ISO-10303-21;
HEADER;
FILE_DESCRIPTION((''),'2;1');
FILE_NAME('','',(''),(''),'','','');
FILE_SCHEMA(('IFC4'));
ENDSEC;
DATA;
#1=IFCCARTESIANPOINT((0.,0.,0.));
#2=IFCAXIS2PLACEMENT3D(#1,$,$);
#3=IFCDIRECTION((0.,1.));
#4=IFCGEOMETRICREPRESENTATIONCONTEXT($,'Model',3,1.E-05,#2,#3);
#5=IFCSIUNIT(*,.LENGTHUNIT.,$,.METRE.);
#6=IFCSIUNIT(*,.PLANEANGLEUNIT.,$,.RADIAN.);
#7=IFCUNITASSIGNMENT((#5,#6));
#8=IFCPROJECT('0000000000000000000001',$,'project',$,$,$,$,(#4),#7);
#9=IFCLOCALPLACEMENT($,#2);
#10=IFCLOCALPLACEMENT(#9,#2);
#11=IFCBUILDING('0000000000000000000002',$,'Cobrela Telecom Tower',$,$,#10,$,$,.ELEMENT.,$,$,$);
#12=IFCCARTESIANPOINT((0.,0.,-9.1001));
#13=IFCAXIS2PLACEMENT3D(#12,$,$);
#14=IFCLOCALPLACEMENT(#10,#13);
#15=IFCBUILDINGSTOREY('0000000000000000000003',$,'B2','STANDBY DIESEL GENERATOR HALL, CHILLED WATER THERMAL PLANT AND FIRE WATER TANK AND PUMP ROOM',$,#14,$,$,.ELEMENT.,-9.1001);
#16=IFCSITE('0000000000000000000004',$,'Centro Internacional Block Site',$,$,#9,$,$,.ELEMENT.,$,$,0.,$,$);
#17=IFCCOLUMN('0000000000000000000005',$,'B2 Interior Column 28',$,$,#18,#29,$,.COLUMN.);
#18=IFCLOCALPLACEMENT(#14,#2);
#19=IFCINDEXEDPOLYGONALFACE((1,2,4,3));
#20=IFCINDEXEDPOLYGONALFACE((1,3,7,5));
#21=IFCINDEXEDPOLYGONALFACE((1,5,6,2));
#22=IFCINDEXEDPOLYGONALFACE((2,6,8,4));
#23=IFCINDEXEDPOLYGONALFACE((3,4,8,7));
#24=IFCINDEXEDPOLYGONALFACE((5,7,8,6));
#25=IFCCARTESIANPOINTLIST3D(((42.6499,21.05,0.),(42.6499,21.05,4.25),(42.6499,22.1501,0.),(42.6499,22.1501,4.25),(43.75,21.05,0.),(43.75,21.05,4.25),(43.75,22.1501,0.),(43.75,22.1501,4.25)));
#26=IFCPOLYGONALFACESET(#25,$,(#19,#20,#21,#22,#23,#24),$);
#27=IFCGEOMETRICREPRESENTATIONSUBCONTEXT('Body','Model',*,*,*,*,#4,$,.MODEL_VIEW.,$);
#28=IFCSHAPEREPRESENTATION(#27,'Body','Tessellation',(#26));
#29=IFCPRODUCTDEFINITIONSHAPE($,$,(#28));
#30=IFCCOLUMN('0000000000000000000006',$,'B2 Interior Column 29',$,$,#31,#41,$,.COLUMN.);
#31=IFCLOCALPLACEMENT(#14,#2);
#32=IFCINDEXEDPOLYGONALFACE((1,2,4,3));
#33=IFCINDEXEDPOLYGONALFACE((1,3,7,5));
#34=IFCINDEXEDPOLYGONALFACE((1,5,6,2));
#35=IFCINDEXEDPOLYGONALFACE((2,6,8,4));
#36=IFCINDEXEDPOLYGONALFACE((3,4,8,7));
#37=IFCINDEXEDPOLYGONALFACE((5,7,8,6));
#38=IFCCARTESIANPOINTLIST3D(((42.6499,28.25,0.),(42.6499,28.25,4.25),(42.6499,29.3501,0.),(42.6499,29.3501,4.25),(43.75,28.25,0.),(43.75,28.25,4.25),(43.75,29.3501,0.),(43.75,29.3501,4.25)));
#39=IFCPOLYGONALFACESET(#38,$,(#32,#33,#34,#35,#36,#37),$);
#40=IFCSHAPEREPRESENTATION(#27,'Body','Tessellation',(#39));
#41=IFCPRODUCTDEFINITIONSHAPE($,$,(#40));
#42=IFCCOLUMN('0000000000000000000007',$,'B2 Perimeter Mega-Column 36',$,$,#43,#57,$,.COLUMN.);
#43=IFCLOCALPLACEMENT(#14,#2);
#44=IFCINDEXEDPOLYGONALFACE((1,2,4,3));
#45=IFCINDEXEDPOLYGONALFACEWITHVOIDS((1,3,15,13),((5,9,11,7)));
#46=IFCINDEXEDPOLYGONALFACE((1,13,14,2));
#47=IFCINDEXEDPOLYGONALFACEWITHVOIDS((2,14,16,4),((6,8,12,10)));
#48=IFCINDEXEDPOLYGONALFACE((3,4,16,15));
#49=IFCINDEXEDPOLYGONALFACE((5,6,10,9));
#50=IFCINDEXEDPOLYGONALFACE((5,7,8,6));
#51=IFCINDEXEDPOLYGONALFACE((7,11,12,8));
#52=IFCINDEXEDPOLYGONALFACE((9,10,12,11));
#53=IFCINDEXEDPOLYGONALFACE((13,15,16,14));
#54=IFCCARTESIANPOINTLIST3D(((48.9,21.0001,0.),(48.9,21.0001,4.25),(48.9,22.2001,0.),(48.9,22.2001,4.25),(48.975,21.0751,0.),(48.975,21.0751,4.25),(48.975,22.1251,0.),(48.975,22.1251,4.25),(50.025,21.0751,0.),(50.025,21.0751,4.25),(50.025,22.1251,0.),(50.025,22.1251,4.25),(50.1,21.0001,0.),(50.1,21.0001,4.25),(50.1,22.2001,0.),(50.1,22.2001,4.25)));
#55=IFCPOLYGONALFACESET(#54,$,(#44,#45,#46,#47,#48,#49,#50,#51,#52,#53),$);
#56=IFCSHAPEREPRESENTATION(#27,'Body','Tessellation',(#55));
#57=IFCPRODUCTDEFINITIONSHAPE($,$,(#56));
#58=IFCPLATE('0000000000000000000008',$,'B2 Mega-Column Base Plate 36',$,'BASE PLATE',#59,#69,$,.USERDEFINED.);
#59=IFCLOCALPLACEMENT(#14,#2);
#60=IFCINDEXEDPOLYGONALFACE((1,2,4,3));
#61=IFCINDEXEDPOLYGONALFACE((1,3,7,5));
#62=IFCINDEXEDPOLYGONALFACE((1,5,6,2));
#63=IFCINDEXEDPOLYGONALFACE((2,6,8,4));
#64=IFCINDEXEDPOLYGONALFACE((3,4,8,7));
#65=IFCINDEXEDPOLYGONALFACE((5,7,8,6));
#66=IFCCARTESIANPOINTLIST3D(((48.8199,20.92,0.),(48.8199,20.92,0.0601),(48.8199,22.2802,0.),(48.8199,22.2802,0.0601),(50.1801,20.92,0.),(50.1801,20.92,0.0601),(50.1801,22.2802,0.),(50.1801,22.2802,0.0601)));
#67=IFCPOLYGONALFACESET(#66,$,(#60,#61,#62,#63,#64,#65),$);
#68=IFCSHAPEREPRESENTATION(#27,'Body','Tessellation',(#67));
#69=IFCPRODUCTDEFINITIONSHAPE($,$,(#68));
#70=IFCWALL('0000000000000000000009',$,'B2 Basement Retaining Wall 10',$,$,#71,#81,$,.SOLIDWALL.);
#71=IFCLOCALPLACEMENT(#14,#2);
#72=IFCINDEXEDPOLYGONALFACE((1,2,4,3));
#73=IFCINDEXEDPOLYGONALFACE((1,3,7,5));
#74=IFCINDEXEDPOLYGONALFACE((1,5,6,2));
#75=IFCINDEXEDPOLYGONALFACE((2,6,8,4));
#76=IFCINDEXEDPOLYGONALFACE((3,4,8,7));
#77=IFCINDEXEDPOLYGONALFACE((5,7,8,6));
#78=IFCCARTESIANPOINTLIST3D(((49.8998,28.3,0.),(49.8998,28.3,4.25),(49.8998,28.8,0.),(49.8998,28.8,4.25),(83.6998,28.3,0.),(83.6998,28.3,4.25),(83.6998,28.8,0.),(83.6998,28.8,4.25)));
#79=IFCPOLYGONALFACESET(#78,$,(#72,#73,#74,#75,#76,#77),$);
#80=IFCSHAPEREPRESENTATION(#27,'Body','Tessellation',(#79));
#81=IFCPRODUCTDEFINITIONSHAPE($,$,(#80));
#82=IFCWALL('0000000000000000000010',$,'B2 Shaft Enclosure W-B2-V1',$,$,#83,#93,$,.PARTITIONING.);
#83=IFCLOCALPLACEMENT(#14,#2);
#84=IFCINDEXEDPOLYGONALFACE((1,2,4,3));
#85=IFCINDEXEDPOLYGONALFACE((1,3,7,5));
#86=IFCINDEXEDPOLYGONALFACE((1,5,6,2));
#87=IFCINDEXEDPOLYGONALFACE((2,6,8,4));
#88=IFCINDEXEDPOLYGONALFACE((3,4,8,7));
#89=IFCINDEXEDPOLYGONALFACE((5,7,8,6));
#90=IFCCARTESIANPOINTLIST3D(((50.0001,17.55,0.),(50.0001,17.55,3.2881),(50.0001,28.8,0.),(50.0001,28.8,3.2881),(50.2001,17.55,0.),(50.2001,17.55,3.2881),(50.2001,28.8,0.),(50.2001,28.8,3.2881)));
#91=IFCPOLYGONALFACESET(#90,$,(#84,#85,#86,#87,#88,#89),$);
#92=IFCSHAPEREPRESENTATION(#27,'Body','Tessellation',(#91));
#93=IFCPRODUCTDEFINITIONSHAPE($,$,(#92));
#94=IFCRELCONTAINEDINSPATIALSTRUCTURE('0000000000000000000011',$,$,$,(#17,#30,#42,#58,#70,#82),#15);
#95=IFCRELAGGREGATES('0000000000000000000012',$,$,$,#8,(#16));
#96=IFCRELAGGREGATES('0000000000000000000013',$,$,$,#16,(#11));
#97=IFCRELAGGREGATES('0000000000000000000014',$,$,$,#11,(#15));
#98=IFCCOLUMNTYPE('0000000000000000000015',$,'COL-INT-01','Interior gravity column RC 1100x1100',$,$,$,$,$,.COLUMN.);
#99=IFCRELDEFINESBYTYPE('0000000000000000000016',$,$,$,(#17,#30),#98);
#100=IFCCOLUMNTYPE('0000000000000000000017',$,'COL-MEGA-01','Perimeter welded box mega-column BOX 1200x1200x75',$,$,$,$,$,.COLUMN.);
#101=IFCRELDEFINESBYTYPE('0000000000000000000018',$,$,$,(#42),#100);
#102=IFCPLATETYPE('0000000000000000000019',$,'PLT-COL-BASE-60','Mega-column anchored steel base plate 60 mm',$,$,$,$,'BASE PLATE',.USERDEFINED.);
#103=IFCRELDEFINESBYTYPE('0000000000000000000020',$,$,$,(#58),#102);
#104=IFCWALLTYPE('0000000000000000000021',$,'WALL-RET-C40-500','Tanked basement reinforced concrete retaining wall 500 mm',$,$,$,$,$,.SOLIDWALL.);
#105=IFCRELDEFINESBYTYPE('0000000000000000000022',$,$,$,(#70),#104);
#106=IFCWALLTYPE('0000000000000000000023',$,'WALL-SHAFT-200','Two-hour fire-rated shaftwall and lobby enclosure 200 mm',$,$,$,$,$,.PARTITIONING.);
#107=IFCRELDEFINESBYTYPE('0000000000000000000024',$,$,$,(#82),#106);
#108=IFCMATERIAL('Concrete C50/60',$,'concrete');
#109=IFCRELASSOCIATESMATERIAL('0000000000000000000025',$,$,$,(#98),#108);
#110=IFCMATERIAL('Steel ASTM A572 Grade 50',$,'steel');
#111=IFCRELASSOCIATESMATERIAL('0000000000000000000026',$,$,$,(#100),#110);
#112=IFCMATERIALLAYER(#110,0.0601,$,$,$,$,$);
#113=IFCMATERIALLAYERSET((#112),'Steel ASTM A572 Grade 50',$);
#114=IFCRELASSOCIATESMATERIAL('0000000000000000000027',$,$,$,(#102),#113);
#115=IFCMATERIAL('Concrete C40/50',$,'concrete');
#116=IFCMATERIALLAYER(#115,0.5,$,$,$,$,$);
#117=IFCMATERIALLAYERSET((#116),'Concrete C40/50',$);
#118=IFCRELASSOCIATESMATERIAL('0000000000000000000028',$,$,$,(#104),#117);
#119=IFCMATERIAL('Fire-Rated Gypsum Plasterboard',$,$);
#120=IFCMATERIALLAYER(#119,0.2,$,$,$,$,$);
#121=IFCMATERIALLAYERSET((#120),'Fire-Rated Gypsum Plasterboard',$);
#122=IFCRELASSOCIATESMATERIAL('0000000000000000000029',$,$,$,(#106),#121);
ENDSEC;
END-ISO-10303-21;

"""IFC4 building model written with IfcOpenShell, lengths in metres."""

from ifc_helpers import new_model, si_unit, direction, frame, frame_2d, origin, origin_2d, place, context, subcontext, project, spatial, rectangle, hollow_rectangle, extrude, material, layer, layer_set, material_profile, profile_set, type_object, element, save


model = new_model("IFC4")

# Units and contexts
model_context = context("Model", 3, precision=1e-05, world=origin(), true_north=direction((0.0, 1.0)))
body_context = subcontext(model_context, "Body", "Model", "MODEL_VIEW")
ifc_project = project(units=[si_unit("LENGTHUNIT", "METRE"), si_unit("PLANEANGLEUNIT", "RADIAN")], contexts=[model_context])

# Site, building, storey
site_placement = place(None, origin())
site = spatial("IfcSite", under=ifc_project, at=site_placement, Name="Centro Internacional Block Site", CompositionType="ELEMENT", RefElevation=0.0)
building_placement = place(site_placement, origin())
building = spatial("IfcBuilding", under=site, at=building_placement, Name="Cobrela Telecom Tower", CompositionType="ELEMENT")
storey_placement = place(building_placement, frame((0.0, 0.0, -9.1001)))
storey = spatial("IfcBuildingStorey", under=building, at=storey_placement, Name="B2", Description="STANDBY DIESEL GENERATOR HALL, CHILLED WATER THERMAL PLANT AND FIRE WATER TANK AND PUMP ROOM", CompositionType="ELEMENT", Elevation=-9.1001)

# Shared definitions
ifc_material_1 = material(Name="Concrete C40/50", Category="concrete")

# Columns
ifc_material_2 = material(Name="Concrete C50/60", Category="concrete")
ifc_material_profile_1 = material_profile(ifc_material_2, rectangle(XDim=1.1001, YDim=1.1001, at=origin_2d()), Name="RC 1100x1100")
ifc_profile_set_1 = profile_set([ifc_material_profile_1], Name="Concrete C50/60")
column_type_1 = type_object("IfcColumnType", Name="COL-INT-01", Description="Interior gravity column RC 1100x1100", PredefinedType="COLUMN", material=ifc_profile_set_1)
for number, where, z_axis, x_axis, name in (
    (1, (43.2, 21.6001, 0.0), (0.0, 0.0, 1.0), (1.0, 0.0, 0.0), "B2 Interior Column 28"),
    (2, (43.2, 28.8, 0.0), (0.0, 0.0, 1.0), (1.0, 0.0, 0.0), "B2 Interior Column 29"),
):
    element("IfcColumn", number, at=place(storey_placement, frame(where, z_axis=z_axis, x_axis=x_axis)), inside=storey, type_object=column_type_1, Name=name, PredefinedType="COLUMN", context=body_context, shape_type="SweptSolid", body=[
        extrude(rectangle(XDim=1.1001, YDim=1.1001, at=origin_2d()), origin(), (0.0, 0.0, 1.0), 4.25),
    ])
ifc_material_3 = material(Name="Steel ASTM A572 Grade 50", Category="steel")
ifc_material_profile_2 = material_profile(ifc_material_3, hollow_rectangle(XDim=1.2, YDim=1.2, WallThickness=0.075, at=origin_2d()), Name="BOX 1200x1200x75")
ifc_profile_set_2 = profile_set([ifc_material_profile_2], Name="Steel ASTM A572 Grade 50")
column_type_2 = type_object("IfcColumnType", Name="COL-MEGA-01", Description="Perimeter welded box mega-column BOX 1200x1200x75", PredefinedType="COLUMN", material=ifc_profile_set_2)
column_placement = place(storey_placement, frame((49.5, 21.6001, 0.0), z_axis=(0.0, 0.0, 1.0), x_axis=(1.0, 0.0, 0.0)))
element("IfcColumn", 3, at=column_placement, inside=storey, type_object=column_type_2, Name="B2 Perimeter Mega-Column 36", PredefinedType="COLUMN", context=body_context, shape_type="SweptSolid", body=[
    extrude(hollow_rectangle(XDim=1.2, YDim=1.2, WallThickness=0.075, at=origin_2d()), origin(), (0.0, 0.0, 1.0), 4.25),
])

# Plate
ifc_layer_1 = layer(ifc_material_3, 0.0601)
ifc_layer_set_1 = layer_set([ifc_layer_1], Name="Steel ASTM A572 Grade 50")
plate_type = type_object("IfcPlateType", Name="PLT-COL-BASE-60", Description="Mega-column anchored steel base plate 60 mm", ElementType="BASE PLATE", PredefinedType="USERDEFINED", material=ifc_layer_set_1)
plate_placement = place(storey_placement, frame((49.5, 21.6001, 0.0), z_axis=(0.0, 0.0, 1.0), x_axis=(1.0, 0.0, 0.0)))
element("IfcPlate", 4, at=plate_placement, inside=storey, type_object=plate_type, Name="B2 Mega-Column Base Plate 36", ObjectType="BASE PLATE", PredefinedType="USERDEFINED", context=body_context, shape_type="SweptSolid", body=[
    extrude(rectangle(XDim=1.3601, YDim=1.3601, at=origin_2d()), origin(), (0.0, 0.0, 1.0), 0.0601),
])

# Walls
ifc_layer_2 = layer(ifc_material_1, 0.5)
ifc_layer_set_2 = layer_set([ifc_layer_2], Name="Concrete C40/50")
wall_type_1 = type_object("IfcWallType", Name="WALL-RET-C40-500", Description="Tanked basement reinforced concrete retaining wall 500 mm", PredefinedType="SOLIDWALL", material=ifc_layer_set_2)
wall_1_placement = place(storey_placement, frame((49.8999, 28.55, 0.0), z_axis=(0.0, 0.0, 1.0), x_axis=(1.0, 0.0, 0.0)))
element("IfcWall", 5, at=wall_1_placement, inside=storey, type_object=wall_type_1, Name="B2 Basement Retaining Wall 10", PredefinedType="SOLIDWALL", context=body_context, shape_type="SweptSolid", body=[
    extrude(rectangle(XDim=33.8, YDim=0.5, at=frame_2d((16.8999, 0.0))), origin(), (0.0, 0.0, 1.0), 4.25),
])
ifc_material_4 = material(Name="Fire-Rated Gypsum Plasterboard")
ifc_layer_3 = layer(ifc_material_4, 0.2)
ifc_layer_set_3 = layer_set([ifc_layer_3], Name="Fire-Rated Gypsum Plasterboard")
wall_type_2 = type_object("IfcWallType", Name="WALL-SHAFT-200", Description="Two-hour fire-rated shaftwall and lobby enclosure 200 mm", PredefinedType="PARTITIONING", material=ifc_layer_set_3)
wall_2_placement = place(storey_placement, frame((50.1001, 17.55, 0.0), z_axis=(0.0, 0.0, 1.0), x_axis=(0.0, 1.0, 0.0)))
element("IfcWall", 6, at=wall_2_placement, inside=storey, type_object=wall_type_2, Name="B2 Shaft Enclosure W-B2-V1", PredefinedType="PARTITIONING", context=body_context, shape_type="SweptSolid", body=[
    extrude(rectangle(XDim=11.25, YDim=0.2, at=frame_2d((5.625, 0.0))), origin(), (0.0, 0.0, 1.0), 3.2881),
])

save(model, "model.ifc")
